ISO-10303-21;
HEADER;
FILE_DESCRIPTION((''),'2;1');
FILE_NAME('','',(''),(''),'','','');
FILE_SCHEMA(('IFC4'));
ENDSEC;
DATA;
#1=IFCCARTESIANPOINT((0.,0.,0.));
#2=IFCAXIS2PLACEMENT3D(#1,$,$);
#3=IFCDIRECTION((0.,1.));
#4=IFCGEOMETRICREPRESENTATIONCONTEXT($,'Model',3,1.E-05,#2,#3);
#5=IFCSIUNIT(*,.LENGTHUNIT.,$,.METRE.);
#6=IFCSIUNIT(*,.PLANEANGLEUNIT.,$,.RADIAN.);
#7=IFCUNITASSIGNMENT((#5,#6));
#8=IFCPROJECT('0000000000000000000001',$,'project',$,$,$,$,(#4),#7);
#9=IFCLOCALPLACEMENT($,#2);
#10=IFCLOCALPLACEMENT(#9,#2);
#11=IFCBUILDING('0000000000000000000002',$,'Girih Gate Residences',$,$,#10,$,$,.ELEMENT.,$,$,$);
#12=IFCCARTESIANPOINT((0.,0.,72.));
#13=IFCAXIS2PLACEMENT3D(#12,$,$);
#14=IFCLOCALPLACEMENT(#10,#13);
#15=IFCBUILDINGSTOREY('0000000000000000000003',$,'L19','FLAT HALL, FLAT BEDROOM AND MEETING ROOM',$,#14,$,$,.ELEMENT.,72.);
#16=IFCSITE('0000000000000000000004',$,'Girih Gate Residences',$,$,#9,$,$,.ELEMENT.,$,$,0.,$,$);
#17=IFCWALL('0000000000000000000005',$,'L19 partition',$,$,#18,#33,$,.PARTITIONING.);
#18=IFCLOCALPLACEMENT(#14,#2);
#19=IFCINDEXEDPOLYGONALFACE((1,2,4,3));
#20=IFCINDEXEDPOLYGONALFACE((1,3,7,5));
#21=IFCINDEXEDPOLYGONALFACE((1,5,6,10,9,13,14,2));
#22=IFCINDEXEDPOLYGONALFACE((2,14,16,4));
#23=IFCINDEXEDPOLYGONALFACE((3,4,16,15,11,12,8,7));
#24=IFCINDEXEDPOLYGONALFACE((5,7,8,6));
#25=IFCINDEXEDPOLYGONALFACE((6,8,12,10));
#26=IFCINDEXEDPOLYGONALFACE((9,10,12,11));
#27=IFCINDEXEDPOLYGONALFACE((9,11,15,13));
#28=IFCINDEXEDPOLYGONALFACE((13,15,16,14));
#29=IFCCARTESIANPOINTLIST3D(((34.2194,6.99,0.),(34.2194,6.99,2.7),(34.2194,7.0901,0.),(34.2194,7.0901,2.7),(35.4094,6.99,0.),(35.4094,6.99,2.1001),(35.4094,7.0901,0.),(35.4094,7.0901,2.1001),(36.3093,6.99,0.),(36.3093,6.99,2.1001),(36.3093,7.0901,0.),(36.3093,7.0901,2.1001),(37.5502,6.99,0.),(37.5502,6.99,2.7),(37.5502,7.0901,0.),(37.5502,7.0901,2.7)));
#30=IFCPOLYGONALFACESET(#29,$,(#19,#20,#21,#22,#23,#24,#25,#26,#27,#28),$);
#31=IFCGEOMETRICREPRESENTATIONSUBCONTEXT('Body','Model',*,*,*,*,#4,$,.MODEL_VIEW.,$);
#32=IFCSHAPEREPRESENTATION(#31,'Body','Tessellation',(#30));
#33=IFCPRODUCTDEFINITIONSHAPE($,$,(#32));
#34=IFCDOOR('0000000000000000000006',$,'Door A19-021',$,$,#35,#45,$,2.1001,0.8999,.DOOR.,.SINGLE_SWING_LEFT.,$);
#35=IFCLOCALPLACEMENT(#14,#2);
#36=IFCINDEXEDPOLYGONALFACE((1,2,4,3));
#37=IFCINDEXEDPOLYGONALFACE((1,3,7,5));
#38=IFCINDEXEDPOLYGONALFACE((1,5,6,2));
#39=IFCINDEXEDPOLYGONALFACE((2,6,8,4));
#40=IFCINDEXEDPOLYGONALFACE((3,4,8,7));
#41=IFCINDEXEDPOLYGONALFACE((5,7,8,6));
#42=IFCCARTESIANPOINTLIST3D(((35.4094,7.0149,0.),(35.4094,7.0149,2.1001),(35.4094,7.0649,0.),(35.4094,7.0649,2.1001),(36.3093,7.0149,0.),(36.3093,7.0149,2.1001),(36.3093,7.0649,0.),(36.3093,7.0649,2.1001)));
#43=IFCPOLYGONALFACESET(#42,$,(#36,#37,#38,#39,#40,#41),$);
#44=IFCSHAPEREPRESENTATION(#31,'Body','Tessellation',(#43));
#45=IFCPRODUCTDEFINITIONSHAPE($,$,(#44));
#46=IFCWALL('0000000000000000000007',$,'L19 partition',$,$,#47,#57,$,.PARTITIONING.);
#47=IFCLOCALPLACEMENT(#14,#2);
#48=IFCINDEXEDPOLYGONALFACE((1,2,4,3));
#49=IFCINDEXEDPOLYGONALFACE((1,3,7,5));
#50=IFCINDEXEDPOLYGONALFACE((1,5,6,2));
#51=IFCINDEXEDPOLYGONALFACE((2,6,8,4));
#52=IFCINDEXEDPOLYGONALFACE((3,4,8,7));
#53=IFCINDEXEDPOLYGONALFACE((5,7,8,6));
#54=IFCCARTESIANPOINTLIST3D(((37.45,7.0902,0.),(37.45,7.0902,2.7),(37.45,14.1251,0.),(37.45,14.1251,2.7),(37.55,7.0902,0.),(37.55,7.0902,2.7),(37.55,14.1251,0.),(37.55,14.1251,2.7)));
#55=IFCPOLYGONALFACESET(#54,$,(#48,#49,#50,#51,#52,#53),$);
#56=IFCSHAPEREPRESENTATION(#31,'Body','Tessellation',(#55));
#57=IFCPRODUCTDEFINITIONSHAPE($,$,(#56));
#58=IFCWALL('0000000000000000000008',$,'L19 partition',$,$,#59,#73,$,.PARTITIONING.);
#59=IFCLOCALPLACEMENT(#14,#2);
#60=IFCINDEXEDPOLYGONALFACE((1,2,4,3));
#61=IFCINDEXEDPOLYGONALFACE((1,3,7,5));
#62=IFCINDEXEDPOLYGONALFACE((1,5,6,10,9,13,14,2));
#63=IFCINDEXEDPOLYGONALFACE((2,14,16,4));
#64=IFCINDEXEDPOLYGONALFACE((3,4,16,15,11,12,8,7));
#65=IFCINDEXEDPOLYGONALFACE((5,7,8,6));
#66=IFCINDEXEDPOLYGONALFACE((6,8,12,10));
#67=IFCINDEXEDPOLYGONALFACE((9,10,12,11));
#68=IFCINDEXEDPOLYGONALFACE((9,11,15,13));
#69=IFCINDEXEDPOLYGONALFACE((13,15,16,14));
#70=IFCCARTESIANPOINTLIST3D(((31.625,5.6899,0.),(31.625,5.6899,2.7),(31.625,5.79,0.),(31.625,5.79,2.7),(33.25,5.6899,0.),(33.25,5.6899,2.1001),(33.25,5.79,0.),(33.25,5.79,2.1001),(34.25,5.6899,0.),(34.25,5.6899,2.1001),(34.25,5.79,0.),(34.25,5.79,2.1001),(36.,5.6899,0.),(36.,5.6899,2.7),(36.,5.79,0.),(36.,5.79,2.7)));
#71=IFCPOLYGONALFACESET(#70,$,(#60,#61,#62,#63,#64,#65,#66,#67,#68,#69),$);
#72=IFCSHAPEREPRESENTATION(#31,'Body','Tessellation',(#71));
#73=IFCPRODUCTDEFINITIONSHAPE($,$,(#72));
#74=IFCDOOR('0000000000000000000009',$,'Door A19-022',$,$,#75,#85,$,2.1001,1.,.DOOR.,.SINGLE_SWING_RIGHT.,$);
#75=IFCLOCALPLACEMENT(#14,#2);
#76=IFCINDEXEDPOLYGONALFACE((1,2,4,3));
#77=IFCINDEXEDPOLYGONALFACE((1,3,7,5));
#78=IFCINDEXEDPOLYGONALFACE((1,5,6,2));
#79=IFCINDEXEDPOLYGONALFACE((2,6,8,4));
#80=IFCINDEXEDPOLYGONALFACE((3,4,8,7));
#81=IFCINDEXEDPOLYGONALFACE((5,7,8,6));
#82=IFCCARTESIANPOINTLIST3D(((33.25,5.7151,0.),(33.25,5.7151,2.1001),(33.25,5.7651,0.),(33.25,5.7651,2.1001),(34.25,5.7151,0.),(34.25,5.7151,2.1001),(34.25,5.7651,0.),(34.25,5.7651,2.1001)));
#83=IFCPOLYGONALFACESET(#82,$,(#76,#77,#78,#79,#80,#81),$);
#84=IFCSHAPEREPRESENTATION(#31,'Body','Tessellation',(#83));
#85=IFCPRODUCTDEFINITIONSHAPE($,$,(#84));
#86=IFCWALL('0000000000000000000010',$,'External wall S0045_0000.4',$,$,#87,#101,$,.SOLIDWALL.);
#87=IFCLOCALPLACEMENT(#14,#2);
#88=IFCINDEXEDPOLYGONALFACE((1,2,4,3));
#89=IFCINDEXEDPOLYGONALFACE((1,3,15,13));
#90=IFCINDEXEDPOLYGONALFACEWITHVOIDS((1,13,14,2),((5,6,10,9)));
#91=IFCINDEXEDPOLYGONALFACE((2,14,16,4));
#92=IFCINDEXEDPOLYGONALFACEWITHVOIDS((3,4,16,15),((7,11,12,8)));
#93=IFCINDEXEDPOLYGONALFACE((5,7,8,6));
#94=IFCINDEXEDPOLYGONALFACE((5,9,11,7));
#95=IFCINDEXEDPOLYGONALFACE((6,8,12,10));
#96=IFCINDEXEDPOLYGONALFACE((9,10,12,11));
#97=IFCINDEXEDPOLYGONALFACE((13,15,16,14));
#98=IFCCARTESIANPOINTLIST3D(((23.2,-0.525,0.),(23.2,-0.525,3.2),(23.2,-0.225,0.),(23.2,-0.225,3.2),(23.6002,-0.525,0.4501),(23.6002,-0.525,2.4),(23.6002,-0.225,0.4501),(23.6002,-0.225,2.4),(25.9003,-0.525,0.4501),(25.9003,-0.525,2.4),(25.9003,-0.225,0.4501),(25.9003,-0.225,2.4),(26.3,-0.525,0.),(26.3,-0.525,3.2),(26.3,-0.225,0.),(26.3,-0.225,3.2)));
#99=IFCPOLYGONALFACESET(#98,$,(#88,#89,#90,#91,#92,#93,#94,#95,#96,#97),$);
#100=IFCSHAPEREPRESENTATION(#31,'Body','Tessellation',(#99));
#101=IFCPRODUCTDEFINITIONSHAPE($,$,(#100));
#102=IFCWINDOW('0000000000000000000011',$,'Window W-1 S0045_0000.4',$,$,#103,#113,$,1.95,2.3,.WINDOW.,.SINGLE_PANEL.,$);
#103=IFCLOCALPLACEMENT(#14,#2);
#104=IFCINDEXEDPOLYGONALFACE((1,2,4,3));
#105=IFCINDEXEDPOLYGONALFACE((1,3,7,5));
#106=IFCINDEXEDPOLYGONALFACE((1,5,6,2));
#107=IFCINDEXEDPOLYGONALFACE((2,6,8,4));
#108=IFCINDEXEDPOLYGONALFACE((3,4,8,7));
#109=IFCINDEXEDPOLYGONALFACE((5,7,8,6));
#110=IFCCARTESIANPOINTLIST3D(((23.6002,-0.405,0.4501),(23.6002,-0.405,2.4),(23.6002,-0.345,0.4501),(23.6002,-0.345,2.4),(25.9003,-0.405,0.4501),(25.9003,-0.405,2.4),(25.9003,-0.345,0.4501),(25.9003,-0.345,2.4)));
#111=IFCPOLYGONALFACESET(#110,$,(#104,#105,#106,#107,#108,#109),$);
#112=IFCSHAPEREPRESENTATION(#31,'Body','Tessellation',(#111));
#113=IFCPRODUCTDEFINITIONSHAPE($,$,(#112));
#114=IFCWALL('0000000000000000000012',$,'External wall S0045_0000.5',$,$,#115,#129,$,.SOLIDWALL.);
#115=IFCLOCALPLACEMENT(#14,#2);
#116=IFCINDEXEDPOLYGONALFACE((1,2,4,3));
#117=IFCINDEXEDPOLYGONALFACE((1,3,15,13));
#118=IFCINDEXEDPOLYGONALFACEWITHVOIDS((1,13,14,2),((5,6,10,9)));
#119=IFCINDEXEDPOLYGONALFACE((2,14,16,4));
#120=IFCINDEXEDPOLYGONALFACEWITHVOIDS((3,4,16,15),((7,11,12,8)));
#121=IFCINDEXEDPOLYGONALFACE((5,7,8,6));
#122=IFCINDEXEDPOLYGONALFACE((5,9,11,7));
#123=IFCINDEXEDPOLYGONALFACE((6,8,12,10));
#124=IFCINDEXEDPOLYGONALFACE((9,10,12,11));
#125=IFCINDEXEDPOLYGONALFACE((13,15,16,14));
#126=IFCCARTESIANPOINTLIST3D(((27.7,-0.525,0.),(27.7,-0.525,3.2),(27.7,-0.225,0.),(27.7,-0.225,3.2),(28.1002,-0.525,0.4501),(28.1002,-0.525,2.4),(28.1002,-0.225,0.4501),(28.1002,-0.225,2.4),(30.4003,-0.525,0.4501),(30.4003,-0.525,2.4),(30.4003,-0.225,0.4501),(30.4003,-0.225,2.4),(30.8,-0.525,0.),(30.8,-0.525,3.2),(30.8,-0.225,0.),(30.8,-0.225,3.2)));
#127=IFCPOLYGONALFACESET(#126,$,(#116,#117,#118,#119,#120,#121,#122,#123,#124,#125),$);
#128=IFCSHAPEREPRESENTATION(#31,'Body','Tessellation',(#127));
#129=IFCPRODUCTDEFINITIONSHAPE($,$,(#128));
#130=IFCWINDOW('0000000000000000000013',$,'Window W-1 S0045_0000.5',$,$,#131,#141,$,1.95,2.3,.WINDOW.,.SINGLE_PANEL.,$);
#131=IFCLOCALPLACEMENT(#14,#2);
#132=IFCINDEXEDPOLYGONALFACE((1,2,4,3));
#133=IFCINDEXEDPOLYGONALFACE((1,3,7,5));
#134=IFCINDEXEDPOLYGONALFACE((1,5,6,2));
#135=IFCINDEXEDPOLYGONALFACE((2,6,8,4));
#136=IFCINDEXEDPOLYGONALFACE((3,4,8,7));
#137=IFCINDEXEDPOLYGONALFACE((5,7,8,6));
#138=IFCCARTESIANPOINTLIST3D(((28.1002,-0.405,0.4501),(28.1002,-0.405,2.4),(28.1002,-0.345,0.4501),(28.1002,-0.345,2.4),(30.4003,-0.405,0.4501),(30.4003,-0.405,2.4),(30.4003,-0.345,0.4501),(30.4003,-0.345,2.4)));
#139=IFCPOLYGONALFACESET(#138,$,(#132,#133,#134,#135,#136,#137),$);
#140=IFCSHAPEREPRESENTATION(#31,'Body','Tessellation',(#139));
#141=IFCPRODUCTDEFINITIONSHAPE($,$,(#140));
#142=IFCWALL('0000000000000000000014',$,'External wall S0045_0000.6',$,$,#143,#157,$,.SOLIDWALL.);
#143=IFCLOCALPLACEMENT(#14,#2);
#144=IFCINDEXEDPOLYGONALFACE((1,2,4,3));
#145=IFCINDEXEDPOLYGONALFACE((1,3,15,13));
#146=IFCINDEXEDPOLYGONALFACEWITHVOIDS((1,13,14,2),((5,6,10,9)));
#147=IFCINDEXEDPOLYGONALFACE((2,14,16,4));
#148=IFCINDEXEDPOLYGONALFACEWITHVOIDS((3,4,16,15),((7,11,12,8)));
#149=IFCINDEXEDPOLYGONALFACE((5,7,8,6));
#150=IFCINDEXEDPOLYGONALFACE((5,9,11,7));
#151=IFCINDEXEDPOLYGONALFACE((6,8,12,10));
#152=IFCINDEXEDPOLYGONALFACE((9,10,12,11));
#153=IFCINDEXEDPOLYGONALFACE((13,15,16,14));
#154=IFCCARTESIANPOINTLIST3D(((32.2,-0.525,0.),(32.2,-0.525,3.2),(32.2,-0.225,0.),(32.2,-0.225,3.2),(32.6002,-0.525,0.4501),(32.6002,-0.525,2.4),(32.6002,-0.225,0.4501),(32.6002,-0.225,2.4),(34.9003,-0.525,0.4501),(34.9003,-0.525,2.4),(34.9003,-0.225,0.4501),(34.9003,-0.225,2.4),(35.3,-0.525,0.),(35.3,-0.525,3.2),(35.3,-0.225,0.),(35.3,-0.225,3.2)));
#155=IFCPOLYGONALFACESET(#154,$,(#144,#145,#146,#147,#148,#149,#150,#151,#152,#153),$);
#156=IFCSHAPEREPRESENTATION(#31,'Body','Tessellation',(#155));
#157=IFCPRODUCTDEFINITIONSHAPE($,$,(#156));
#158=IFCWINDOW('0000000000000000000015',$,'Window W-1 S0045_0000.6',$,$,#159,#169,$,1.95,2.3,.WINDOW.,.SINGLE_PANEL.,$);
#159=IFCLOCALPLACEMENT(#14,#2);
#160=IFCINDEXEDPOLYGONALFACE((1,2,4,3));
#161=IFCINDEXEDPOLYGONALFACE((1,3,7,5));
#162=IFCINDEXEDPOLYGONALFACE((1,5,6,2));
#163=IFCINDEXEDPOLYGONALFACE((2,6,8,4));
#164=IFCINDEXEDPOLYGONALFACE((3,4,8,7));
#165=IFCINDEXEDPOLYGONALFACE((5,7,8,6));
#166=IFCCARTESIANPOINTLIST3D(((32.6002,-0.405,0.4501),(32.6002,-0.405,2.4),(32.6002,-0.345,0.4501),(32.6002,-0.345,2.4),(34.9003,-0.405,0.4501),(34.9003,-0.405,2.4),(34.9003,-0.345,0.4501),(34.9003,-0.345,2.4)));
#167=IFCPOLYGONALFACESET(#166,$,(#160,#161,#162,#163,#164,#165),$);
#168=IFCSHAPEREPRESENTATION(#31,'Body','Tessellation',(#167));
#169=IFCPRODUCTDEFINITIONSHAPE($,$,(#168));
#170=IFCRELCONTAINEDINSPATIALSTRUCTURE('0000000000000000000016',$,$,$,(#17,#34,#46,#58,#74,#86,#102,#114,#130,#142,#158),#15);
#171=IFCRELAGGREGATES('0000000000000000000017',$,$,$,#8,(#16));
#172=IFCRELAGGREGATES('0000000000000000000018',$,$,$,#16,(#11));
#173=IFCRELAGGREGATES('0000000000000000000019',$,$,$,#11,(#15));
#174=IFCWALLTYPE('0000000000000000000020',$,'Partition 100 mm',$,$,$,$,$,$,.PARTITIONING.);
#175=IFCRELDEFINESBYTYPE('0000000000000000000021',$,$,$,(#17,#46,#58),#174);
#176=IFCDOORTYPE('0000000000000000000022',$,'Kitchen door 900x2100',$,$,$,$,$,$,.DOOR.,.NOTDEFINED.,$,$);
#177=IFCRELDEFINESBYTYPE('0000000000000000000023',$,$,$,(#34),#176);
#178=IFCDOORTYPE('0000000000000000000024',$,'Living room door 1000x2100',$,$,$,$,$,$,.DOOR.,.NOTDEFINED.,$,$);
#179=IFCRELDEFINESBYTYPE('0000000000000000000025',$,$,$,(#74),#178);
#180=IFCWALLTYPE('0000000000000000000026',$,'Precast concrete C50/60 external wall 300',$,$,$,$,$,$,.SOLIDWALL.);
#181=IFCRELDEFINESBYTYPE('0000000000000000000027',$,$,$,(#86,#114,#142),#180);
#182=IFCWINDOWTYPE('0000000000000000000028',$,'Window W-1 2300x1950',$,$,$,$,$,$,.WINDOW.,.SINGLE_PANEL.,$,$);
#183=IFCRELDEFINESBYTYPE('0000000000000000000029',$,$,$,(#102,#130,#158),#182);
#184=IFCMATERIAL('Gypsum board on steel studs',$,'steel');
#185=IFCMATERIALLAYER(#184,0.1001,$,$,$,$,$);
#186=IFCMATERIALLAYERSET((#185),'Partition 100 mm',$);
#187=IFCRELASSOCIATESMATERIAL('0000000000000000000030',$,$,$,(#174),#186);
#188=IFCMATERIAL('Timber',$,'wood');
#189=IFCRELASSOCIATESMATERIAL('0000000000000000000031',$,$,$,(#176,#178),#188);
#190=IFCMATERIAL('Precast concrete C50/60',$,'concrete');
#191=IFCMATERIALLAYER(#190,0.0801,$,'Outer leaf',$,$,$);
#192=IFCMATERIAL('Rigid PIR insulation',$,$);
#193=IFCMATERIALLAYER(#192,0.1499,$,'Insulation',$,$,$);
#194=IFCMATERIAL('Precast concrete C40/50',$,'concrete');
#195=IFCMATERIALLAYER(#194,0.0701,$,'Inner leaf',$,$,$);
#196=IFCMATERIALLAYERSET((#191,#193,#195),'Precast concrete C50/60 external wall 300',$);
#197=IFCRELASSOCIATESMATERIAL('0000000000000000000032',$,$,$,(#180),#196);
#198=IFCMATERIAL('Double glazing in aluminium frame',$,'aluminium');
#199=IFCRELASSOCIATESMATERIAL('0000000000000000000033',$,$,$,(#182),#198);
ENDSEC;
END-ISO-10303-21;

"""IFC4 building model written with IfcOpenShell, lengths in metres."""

from ifc_helpers import new_model, si_unit, direction, frame, frame_2d, origin, place, context, subcontext, project, spatial, rectangle, extrude, material, layer, layer_set, type_object, element, fill, save


model = new_model("IFC4")

# Units and contexts
model_context = context("Model", 3, precision=1e-05, world=origin(), true_north=direction((0.0, 1.0)))
body_context = subcontext(model_context, "Body", "Model", "MODEL_VIEW")
ifc_project = project(units=[si_unit("LENGTHUNIT", "METRE"), si_unit("PLANEANGLEUNIT", "RADIAN")], contexts=[model_context])

# Site, building, storey
site_placement = place(None, origin())
site = spatial("IfcSite", under=ifc_project, at=site_placement, Name="Girih Gate Residences", CompositionType="ELEMENT", RefElevation=0.0)
building_placement = place(site_placement, origin())
building = spatial("IfcBuilding", under=site, at=building_placement, Name="Girih Gate Residences", CompositionType="ELEMENT")
storey_placement = place(building_placement, frame((0.0, 0.0, 72.0)))
storey = spatial("IfcBuildingStorey", under=building, at=storey_placement, Name="L19", Description="FLAT HALL, FLAT BEDROOM AND MEETING ROOM", CompositionType="ELEMENT", Elevation=72.0)

# Shared definitions
ifc_material_1 = material(Name="Gypsum board on steel studs", Category="steel")

# Shared definitions
ifc_layer_1 = layer(ifc_material_1, 0.1001)
ifc_layer_set_1 = layer_set([ifc_layer_1], Name="Partition 100 mm")
wall_type_1 = type_object("IfcWallType", Name="Partition 100 mm", PredefinedType="PARTITIONING", material=ifc_layer_set_1)
ifc_material_2 = material(Name="Timber", Category="wood")

# Wall, opening, door
wall_1_placement = place(storey_placement, frame((34.2192, 7.04, 0.0), z_axis=(0.0, 0.0, 1.0), x_axis=(1.0, 0.0, 0.0)))
wall_1 = element("IfcWall", 1, at=wall_1_placement, inside=storey, type_object=wall_type_1, Name="L19 partition", PredefinedType="PARTITIONING", context=body_context, shape_type="SweptSolid", body=[
    extrude(rectangle(XDim=3.3308, YDim=0.1001, at=frame_2d((1.6655, 0.0))), origin(), (0.0, 0.0, 1.0), 2.7),
])
opening_1_placement = place(wall_1_placement, frame((1.1902, 0.0, 0.0)))
opening_1 = element("IfcOpeningElement", 2, at=opening_1_placement, cuts=wall_1, PredefinedType="OPENING", context=body_context, shape_type="SweptSolid", body=[
    extrude(rectangle(XDim=0.8999, YDim=2.1001, at=frame_2d((0.45, 1.05))), frame((0.0, 0.0601, 0.0), z_axis=(0.0, -1.0, 0.0), x_axis=(1.0, 0.0, 0.0)), (0.0, 0.0, 1.0), 0.1201),
])
door_type_1 = type_object("IfcDoorType", Name="Kitchen door 900x2100", OperationType="NOTDEFINED", PredefinedType="DOOR", material=ifc_material_2)
door_1_placement = place(opening_1_placement, origin())
door_1 = element("IfcDoor", 3, at=door_1_placement, inside=storey, type_object=door_type_1, Name="Door A19-021", OperationType="SINGLE_SWING_LEFT", OverallHeight=2.1001, OverallWidth=0.8999, PredefinedType="DOOR", context=body_context, shape_type="SweptSolid", body=[
    extrude(rectangle(XDim=0.8999, YDim=2.1001, at=frame_2d((0.45, 1.05))), frame((0.0, 0.0249, 0.0), z_axis=(0.0, -1.0, 0.0), x_axis=(1.0, 0.0, 0.0)), (0.0, 0.0, 1.0), 0.05),
])
fill(opening_1, door_1)

# Wall
wall_2_placement = place(storey_placement, frame((37.5, 7.0901, 0.0), z_axis=(0.0, 0.0, 1.0), x_axis=(0.0, 1.0, 0.0)))
element("IfcWall", 4, at=wall_2_placement, inside=storey, type_object=wall_type_1, Name="L19 partition", PredefinedType="PARTITIONING", context=body_context, shape_type="SweptSolid", body=[
    extrude(rectangle(XDim=7.0349, YDim=0.1001, at=frame_2d((3.5176, 0.0))), origin(), (0.0, 0.0, 1.0), 2.7),
])

# Wall, opening, door
wall_3_placement = place(storey_placement, frame((36.0, 5.74, 0.0), z_axis=(0.0, 0.0, 1.0), x_axis=(-1.0, 0.0, 0.0)))
wall_3 = element("IfcWall", 5, at=wall_3_placement, inside=storey, type_object=wall_type_1, Name="L19 partition", PredefinedType="PARTITIONING", context=body_context, shape_type="SweptSolid", body=[
    extrude(rectangle(XDim=4.375, YDim=0.1001, at=frame_2d((2.1875, 0.0))), origin(), (0.0, 0.0, 1.0), 2.7),
])
opening_2_placement = place(wall_3_placement, frame((1.75, 0.0, 0.0)))
opening_2 = element("IfcOpeningElement", 6, at=opening_2_placement, cuts=wall_3, PredefinedType="OPENING", context=body_context, shape_type="SweptSolid", body=[
    extrude(rectangle(XDim=1.0, YDim=2.1001, at=frame_2d((0.5, 1.05))), frame((0.0, 0.0601, 0.0), z_axis=(0.0, -1.0, 0.0), x_axis=(1.0, 0.0, 0.0)), (0.0, 0.0, 1.0), 0.1201),
])
door_type_2 = type_object("IfcDoorType", Name="Living room door 1000x2100", OperationType="NOTDEFINED", PredefinedType="DOOR", material=ifc_material_2)
door_2_placement = place(opening_2_placement, origin())
door_2 = element("IfcDoor", 7, at=door_2_placement, inside=storey, type_object=door_type_2, Name="Door A19-022", OperationType="SINGLE_SWING_RIGHT", OverallHeight=2.1001, OverallWidth=1.0, PredefinedType="DOOR", context=body_context, shape_type="SweptSolid", body=[
    extrude(rectangle(XDim=1.0, YDim=2.1001, at=frame_2d((0.5, 1.05))), frame((0.0, 0.0249, 0.0), z_axis=(0.0, -1.0, 0.0), x_axis=(1.0, 0.0, 0.0)), (0.0, 0.0, 1.0), 0.05),
])
fill(opening_2, door_2)

# Walls, openings, windows
ifc_material_3 = material(Name="Precast concrete C50/60", Category="concrete")
ifc_layer_2 = layer(ifc_material_3, 0.0801, Name="Outer leaf")
ifc_material_4 = material(Name="Rigid PIR insulation")
ifc_layer_3 = layer(ifc_material_4, 0.1499, Name="Insulation")
ifc_material_5 = material(Name="Precast concrete C40/50", Category="concrete")
ifc_layer_4 = layer(ifc_material_5, 0.0701, Name="Inner leaf")
ifc_layer_set_2 = layer_set([ifc_layer_2, ifc_layer_3, ifc_layer_4], Name="Precast concrete C50/60 external wall 300")
wall_type_2 = type_object("IfcWallType", Name="Precast concrete C50/60 external wall 300", PredefinedType="SOLIDWALL", material=ifc_layer_set_2)
wall_4_placement = place(storey_placement, frame((26.3, -0.375, 0.0), z_axis=(0.0, 0.0, 1.0), x_axis=(-1.0, 0.0, 0.0)))
wall_4 = element("IfcWall", 8, at=wall_4_placement, inside=storey, type_object=wall_type_2, Name="External wall S0045_0000.4", PredefinedType="SOLIDWALL", context=body_context, shape_type="SweptSolid", body=[
    extrude(rectangle(XDim=3.1001, YDim=0.3, at=frame_2d((1.55, 0.0))), origin(), (0.0, 0.0, 1.0), 3.2),
])
opening_3_placement = place(wall_4_placement, frame((0.3999, 0.0, 0.45)))
opening_3 = element("IfcOpeningElement", 9, at=opening_3_placement, cuts=wall_4, PredefinedType="OPENING", context=body_context, shape_type="SweptSolid", body=[
    extrude(rectangle(XDim=2.3, YDim=1.95, at=frame_2d((1.1499, 0.9751))), frame((0.0, 0.1599, 0.0), z_axis=(0.0, -1.0, 0.0), x_axis=(1.0, 0.0, 0.0)), (0.0, 0.0, 1.0), 0.3201),
])
ifc_material_6 = material(Name="Double glazing in aluminium frame", Category="aluminium")
window_type = type_object("IfcWindowType", Name="Window W-1 2300x1950", PartitioningType="SINGLE_PANEL", PredefinedType="WINDOW", material=ifc_material_6)
window_1_placement = place(opening_3_placement, origin())
window_1 = element("IfcWindow", 10, at=window_1_placement, inside=storey, type_object=window_type, Name="Window W-1 S0045_0000.4", OverallHeight=1.95, OverallWidth=2.3, PartitioningType="SINGLE_PANEL", PredefinedType="WINDOW", context=body_context, shape_type="SweptSolid", body=[
    extrude(rectangle(XDim=2.3, YDim=1.95, at=frame_2d((1.1499, 0.9751))), frame((0.0, 0.03, 0.0), z_axis=(0.0, -1.0, 0.0), x_axis=(1.0, 0.0, 0.0)), (0.0, 0.0, 1.0), 0.0601),
])
fill(opening_3, window_1)
wall_5_placement = place(storey_placement, frame((30.8, -0.375, 0.0), z_axis=(0.0, 0.0, 1.0), x_axis=(-1.0, 0.0, 0.0)))
wall_5 = element("IfcWall", 11, at=wall_5_placement, inside=storey, type_object=wall_type_2, Name="External wall S0045_0000.5", PredefinedType="SOLIDWALL", context=body_context, shape_type="SweptSolid", body=[
    extrude(rectangle(XDim=3.1001, YDim=0.3, at=frame_2d((1.55, 0.0))), origin(), (0.0, 0.0, 1.0), 3.2),
])
opening_4_placement = place(wall_5_placement, frame((0.3999, 0.0, 0.45)))
opening_4 = element("IfcOpeningElement", 12, at=opening_4_placement, cuts=wall_5, PredefinedType="OPENING", context=body_context, shape_type="SweptSolid", body=[
    extrude(rectangle(XDim=2.3, YDim=1.95, at=frame_2d((1.1499, 0.9751))), frame((0.0, 0.1599, 0.0), z_axis=(0.0, -1.0, 0.0), x_axis=(1.0, 0.0, 0.0)), (0.0, 0.0, 1.0), 0.3201),
])
window_2_placement = place(opening_4_placement, origin())
window_2 = element("IfcWindow", 13, at=window_2_placement, inside=storey, type_object=window_type, Name="Window W-1 S0045_0000.5", OverallHeight=1.95, OverallWidth=2.3, PartitioningType="SINGLE_PANEL", PredefinedType="WINDOW", context=body_context, shape_type="SweptSolid", body=[
    extrude(rectangle(XDim=2.3, YDim=1.95, at=frame_2d((1.1499, 0.9751))), frame((0.0, 0.03, 0.0), z_axis=(0.0, -1.0, 0.0), x_axis=(1.0, 0.0, 0.0)), (0.0, 0.0, 1.0), 0.0601),
])
fill(opening_4, window_2)
wall_6_placement = place(storey_placement, frame((35.3, -0.375, 0.0), z_axis=(0.0, 0.0, 1.0), x_axis=(-1.0, 0.0, 0.0)))
wall_6 = element("IfcWall", 14, at=wall_6_placement, inside=storey, type_object=wall_type_2, Name="External wall S0045_0000.6", PredefinedType="SOLIDWALL", context=body_context, shape_type="SweptSolid", body=[
    extrude(rectangle(XDim=3.1001, YDim=0.3, at=frame_2d((1.55, 0.0))), origin(), (0.0, 0.0, 1.0), 3.2),
])
opening_5_placement = place(wall_6_placement, frame((0.3999, 0.0, 0.45)))
opening_5 = element("IfcOpeningElement", 15, at=opening_5_placement, cuts=wall_6, PredefinedType="OPENING", context=body_context, shape_type="SweptSolid", body=[
    extrude(rectangle(XDim=2.3, YDim=1.95, at=frame_2d((1.1499, 0.9751))), frame((0.0, 0.1599, 0.0), z_axis=(0.0, -1.0, 0.0), x_axis=(1.0, 0.0, 0.0)), (0.0, 0.0, 1.0), 0.3201),
])
window_3_placement = place(opening_5_placement, origin())
window_3 = element("IfcWindow", 16, at=window_3_placement, inside=storey, type_object=window_type, Name="Window W-1 S0045_0000.6", OverallHeight=1.95, OverallWidth=2.3, PartitioningType="SINGLE_PANEL", PredefinedType="WINDOW", context=body_context, shape_type="SweptSolid", body=[
    extrude(rectangle(XDim=2.3, YDim=1.95, at=frame_2d((1.1499, 0.9751))), frame((0.0, 0.03, 0.0), z_axis=(0.0, -1.0, 0.0), x_axis=(1.0, 0.0, 0.0)), (0.0, 0.0, 1.0), 0.0601),
])
fill(opening_5, window_3)

save(model, "model.ifc")
